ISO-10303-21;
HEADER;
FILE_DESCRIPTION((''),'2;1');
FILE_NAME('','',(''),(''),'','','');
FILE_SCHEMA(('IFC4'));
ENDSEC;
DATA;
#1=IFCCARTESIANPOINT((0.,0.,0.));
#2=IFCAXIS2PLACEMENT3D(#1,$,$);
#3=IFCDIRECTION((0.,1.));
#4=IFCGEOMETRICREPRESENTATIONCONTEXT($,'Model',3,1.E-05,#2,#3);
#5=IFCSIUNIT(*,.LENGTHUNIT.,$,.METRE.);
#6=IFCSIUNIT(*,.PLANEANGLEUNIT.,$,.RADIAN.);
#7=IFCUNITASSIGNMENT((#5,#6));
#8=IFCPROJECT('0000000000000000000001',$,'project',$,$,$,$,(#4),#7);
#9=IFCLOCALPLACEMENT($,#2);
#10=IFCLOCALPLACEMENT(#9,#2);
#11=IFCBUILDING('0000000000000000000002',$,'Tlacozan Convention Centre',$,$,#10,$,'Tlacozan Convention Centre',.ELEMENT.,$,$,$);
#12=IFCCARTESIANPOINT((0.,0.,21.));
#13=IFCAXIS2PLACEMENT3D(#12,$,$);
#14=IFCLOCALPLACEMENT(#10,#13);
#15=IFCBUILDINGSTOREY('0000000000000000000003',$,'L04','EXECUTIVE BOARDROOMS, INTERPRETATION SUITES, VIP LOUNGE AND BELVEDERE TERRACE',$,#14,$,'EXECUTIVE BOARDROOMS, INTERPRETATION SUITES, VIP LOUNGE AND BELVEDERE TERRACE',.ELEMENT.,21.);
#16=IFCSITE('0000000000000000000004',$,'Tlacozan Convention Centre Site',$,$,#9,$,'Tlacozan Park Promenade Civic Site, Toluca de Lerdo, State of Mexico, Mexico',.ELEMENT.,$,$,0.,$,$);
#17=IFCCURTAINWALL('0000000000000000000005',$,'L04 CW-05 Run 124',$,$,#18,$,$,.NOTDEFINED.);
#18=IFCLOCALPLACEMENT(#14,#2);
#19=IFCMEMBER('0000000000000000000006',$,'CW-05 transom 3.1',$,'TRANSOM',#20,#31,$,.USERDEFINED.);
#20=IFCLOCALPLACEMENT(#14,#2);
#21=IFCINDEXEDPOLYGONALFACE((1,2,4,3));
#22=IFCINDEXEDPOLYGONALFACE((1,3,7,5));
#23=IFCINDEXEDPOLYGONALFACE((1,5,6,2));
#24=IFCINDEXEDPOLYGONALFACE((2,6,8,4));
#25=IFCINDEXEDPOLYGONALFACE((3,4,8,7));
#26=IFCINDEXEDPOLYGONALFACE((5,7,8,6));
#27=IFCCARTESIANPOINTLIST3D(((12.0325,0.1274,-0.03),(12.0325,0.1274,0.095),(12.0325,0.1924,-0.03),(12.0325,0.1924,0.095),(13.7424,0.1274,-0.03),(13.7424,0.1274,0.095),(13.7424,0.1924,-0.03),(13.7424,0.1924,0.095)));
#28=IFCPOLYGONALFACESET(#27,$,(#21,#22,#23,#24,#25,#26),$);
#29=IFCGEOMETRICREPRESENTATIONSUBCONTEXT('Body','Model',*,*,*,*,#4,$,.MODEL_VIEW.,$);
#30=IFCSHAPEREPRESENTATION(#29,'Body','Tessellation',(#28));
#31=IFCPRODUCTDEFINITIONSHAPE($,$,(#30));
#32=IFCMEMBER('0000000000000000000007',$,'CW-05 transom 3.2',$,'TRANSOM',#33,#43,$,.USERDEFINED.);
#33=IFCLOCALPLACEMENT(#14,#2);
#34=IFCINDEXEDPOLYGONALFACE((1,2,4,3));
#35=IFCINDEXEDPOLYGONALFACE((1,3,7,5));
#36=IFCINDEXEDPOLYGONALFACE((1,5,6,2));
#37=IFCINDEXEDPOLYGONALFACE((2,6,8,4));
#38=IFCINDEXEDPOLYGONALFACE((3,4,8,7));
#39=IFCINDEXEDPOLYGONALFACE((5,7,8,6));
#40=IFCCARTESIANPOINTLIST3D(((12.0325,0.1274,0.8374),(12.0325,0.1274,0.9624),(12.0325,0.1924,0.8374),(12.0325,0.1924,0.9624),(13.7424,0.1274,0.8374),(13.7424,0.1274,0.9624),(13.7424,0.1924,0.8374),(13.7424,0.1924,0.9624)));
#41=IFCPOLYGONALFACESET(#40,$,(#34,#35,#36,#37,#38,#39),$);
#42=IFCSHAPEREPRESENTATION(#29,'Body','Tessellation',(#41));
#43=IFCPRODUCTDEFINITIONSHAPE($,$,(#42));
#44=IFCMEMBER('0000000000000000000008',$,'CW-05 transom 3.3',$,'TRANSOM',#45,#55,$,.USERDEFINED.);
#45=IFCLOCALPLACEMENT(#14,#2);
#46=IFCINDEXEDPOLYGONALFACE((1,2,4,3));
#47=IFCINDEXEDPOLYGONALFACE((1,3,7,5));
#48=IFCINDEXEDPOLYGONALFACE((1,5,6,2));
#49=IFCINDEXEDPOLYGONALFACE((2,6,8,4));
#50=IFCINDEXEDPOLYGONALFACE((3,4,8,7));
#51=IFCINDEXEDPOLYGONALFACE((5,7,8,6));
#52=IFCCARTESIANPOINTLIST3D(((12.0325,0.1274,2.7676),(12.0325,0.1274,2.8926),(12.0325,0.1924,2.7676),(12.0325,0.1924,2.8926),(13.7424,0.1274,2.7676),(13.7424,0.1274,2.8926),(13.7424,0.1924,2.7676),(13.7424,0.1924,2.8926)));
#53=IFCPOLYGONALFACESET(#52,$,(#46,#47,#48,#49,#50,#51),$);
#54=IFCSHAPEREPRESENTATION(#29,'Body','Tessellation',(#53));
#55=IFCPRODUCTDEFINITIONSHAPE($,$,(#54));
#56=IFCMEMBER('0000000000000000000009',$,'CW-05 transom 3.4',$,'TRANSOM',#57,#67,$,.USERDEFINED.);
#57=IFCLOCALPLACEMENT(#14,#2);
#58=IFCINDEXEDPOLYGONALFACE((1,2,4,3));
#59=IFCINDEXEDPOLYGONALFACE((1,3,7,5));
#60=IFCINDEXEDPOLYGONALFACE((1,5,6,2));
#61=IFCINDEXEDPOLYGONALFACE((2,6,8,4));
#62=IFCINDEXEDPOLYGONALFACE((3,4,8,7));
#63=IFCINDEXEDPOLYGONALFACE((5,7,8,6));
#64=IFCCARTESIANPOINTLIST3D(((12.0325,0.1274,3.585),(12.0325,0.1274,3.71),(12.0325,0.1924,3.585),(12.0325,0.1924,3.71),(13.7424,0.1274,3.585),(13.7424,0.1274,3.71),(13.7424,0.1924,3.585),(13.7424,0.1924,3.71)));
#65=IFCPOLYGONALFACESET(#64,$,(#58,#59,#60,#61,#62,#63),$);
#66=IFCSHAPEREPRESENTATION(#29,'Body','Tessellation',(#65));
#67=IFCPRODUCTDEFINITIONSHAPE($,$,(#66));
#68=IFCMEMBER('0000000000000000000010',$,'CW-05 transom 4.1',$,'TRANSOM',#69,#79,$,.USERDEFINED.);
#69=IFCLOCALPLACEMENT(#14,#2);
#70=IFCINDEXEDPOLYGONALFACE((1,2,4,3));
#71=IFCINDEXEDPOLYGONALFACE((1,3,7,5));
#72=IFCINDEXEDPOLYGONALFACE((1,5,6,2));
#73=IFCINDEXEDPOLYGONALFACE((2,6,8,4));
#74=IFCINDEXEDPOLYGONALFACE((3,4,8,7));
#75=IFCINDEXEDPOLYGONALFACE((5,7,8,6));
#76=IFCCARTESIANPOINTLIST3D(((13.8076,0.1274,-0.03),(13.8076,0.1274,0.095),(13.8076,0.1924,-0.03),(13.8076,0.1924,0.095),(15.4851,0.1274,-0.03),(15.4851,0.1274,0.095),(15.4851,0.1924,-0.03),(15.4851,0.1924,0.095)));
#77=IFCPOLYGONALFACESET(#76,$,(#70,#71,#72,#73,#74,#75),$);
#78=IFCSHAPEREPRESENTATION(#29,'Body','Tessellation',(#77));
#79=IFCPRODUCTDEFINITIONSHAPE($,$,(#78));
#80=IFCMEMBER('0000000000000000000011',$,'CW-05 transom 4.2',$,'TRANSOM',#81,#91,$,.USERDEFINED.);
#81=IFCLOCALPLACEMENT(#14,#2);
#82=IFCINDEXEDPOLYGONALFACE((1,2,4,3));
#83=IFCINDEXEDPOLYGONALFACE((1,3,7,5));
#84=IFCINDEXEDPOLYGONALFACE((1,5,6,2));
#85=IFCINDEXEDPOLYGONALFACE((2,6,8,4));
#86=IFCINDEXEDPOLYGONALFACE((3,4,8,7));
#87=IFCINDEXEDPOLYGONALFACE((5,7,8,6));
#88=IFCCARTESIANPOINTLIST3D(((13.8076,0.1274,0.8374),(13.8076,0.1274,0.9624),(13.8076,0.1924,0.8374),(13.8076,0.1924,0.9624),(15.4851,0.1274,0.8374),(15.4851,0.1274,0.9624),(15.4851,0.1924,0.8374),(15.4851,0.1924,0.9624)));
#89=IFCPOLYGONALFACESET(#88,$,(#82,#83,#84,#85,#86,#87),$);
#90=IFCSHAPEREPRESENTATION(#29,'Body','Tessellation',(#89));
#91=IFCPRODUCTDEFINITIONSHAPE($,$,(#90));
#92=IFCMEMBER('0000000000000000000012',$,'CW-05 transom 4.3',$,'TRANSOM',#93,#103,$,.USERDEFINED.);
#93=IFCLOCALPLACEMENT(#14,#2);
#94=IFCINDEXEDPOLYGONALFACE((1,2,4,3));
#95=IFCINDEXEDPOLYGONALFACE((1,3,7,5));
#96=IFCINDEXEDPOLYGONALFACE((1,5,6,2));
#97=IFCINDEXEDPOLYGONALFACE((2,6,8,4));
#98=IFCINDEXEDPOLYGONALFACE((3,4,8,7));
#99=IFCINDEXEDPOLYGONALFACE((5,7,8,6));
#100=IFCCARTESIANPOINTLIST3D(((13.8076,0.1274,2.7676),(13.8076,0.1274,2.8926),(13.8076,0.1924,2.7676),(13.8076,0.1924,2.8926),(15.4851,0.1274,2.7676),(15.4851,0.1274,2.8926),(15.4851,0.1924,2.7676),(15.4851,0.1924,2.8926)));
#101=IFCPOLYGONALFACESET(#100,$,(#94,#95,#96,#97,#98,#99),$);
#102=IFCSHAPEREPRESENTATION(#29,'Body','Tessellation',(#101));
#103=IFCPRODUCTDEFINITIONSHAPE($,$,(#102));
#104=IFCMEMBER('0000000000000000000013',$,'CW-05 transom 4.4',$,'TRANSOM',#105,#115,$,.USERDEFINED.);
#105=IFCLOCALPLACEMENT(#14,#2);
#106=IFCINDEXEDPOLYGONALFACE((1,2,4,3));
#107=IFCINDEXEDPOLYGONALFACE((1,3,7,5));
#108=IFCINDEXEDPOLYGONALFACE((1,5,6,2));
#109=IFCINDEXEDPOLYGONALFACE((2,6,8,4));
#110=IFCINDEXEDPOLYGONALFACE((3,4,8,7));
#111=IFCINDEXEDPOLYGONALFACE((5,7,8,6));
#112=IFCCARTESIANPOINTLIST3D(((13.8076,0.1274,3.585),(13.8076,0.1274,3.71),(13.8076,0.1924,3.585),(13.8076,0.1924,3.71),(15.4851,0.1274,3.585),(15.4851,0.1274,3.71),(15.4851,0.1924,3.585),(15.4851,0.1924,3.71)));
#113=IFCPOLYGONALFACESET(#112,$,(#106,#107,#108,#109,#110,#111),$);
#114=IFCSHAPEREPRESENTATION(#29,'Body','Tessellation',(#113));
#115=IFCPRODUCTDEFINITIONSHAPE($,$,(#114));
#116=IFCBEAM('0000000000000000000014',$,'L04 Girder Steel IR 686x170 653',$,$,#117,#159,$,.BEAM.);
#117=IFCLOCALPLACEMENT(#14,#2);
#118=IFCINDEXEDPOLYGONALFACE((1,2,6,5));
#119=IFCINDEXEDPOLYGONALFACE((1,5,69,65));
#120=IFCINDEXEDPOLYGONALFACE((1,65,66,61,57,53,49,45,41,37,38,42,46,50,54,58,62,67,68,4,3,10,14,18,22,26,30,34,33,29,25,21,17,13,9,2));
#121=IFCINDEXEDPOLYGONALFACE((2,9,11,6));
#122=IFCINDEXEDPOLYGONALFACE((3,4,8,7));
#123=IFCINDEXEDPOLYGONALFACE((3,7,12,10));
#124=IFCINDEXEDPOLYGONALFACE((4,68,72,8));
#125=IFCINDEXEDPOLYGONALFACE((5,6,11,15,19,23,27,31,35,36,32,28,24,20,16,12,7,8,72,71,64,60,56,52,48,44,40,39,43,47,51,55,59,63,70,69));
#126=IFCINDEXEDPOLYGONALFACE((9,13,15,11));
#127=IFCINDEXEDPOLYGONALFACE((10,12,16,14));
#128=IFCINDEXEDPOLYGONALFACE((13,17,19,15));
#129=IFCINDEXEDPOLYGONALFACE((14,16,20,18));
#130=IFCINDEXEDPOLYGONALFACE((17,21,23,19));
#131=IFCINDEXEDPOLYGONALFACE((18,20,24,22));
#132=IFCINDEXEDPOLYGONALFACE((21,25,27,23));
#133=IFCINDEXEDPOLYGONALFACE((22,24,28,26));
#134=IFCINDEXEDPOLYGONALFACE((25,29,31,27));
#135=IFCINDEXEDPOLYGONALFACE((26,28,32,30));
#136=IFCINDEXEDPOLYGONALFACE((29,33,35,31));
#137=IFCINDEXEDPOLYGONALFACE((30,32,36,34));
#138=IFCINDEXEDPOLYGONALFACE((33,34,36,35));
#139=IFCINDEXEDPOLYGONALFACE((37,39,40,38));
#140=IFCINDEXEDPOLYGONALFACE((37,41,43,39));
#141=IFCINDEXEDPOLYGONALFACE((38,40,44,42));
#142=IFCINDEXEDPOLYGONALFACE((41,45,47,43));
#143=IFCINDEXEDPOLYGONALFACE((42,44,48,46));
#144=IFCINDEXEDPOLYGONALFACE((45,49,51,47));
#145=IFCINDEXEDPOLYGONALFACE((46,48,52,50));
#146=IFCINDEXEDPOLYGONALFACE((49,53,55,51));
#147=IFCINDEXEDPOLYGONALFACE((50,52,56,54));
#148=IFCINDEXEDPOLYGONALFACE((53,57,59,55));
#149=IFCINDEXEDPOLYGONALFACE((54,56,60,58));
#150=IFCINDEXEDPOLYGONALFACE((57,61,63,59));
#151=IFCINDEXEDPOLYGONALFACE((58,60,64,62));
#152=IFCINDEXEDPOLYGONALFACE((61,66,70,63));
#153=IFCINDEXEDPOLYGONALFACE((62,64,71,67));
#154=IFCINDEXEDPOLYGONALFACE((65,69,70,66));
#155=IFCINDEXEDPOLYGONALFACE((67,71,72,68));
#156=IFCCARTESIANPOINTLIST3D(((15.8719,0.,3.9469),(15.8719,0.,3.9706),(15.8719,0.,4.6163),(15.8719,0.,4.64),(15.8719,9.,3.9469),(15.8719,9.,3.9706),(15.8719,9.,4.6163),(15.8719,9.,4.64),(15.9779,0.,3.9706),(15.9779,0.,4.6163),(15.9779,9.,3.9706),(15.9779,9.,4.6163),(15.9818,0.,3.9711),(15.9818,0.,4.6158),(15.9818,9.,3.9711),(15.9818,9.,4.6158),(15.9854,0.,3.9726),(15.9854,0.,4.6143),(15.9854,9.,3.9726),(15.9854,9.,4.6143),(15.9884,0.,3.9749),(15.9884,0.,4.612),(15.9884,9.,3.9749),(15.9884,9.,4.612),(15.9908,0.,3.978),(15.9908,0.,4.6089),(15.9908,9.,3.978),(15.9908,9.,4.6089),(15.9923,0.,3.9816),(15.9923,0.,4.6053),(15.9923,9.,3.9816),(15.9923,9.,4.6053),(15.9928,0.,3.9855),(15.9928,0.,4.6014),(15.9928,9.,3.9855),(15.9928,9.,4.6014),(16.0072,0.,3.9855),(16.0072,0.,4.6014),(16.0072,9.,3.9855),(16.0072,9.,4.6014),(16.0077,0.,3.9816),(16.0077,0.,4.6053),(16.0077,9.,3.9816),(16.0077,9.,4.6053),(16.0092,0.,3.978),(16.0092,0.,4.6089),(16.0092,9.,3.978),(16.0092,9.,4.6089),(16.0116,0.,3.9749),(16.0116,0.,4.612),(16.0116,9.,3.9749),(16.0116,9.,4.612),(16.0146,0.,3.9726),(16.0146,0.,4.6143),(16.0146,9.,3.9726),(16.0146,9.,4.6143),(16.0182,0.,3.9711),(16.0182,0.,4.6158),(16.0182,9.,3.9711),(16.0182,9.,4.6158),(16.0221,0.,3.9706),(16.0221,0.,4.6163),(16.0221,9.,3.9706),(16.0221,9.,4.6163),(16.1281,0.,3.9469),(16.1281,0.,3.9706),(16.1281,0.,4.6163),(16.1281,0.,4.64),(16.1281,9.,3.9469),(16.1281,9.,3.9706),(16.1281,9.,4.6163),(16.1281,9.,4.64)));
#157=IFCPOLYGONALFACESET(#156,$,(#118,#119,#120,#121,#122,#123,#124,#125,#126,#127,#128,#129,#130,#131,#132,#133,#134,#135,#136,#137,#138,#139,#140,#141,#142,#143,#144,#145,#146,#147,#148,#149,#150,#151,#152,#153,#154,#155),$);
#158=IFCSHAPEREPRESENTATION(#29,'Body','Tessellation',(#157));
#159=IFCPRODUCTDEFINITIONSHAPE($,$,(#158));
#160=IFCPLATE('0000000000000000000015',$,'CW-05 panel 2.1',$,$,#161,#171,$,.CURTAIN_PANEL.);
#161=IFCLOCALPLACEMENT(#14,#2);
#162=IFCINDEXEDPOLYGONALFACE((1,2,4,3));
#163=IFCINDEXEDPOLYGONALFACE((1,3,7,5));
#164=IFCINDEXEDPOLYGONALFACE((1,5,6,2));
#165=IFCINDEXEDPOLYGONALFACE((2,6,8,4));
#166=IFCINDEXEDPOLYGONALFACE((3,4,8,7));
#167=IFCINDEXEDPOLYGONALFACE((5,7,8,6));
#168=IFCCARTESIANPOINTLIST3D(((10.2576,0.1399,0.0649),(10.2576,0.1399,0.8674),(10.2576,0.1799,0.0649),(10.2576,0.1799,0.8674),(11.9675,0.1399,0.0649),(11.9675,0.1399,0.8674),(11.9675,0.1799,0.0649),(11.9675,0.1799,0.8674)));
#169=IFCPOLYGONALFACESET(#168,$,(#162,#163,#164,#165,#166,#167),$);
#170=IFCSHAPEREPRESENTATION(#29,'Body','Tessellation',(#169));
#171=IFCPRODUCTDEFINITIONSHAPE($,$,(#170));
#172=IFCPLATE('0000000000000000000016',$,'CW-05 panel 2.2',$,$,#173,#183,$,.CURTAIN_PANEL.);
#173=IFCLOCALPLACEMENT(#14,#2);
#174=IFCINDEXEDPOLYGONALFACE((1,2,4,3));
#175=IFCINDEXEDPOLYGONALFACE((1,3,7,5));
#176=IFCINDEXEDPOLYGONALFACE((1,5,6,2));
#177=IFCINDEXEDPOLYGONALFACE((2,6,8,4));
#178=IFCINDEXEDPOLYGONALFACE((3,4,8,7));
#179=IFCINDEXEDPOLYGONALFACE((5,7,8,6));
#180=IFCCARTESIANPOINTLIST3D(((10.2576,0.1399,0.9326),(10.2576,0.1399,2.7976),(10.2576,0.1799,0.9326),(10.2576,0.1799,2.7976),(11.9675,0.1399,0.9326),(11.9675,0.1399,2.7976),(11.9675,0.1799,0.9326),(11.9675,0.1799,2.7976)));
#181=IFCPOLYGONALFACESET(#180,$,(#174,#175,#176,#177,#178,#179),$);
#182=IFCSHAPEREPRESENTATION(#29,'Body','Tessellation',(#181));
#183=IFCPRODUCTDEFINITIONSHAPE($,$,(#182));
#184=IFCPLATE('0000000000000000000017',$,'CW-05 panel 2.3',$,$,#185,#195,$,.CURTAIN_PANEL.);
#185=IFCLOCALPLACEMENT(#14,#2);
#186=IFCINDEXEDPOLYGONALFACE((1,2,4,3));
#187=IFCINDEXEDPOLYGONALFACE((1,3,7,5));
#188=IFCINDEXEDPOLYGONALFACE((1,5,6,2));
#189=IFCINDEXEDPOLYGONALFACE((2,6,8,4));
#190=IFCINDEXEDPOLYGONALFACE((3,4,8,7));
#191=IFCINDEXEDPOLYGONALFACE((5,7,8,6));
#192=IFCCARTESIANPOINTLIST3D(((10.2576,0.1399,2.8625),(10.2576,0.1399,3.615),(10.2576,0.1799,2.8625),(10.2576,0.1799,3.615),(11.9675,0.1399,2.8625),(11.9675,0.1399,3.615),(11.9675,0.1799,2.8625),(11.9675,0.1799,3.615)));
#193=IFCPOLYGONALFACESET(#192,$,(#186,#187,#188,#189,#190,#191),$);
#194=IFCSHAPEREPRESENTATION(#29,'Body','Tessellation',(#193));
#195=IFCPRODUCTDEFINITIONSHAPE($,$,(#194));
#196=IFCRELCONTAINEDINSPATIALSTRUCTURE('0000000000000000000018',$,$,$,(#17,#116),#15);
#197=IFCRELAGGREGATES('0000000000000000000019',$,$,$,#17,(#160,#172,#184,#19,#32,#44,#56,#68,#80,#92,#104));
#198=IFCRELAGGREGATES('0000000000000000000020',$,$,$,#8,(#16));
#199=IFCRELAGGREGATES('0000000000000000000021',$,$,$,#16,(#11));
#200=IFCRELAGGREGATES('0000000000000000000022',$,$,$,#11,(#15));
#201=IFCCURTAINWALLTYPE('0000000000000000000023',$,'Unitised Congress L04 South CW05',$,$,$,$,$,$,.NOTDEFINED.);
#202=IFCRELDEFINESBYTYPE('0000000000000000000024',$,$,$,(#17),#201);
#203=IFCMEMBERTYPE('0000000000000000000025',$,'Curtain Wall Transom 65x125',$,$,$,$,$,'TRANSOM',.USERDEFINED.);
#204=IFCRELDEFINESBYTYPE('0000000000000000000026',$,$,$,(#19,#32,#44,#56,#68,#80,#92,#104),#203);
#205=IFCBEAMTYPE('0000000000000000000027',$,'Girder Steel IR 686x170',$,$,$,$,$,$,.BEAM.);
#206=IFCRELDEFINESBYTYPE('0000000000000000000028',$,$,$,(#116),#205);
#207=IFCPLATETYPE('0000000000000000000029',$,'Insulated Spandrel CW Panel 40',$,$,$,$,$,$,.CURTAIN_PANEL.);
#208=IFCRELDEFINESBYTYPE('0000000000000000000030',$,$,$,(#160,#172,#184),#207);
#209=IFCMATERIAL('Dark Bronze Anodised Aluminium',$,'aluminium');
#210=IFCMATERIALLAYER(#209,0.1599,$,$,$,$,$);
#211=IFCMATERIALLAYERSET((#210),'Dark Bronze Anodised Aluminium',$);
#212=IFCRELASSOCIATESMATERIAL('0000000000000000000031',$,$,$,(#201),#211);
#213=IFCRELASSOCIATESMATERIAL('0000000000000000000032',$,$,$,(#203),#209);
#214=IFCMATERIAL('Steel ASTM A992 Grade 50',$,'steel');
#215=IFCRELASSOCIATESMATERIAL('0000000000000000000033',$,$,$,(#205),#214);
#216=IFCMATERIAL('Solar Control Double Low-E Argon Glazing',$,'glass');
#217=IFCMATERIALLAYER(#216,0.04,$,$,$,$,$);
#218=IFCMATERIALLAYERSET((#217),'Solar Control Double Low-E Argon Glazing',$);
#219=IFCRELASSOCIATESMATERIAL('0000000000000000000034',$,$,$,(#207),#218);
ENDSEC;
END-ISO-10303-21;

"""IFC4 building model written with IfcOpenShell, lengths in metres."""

from ifc_helpers import new_model, si_unit, direction, frame, origin, origin_2d, place, context, subcontext, project, spatial, rectangle, i_section, extrude, material, layer, layer_set, material_profile, profile_set, type_object, element, aggregate, save


model = new_model("IFC4")

# Units and contexts
model_context = context("Model", 3, precision=1e-05, world=origin(), true_north=direction((0.0, 1.0)))
body_context = subcontext(model_context, "Body", "Model", "MODEL_VIEW")
ifc_project = project(units=[si_unit("LENGTHUNIT", "METRE"), si_unit("PLANEANGLEUNIT", "RADIAN")], contexts=[model_context])

# Site, building, storey
site_placement = place(None, origin())
site = spatial("IfcSite", under=ifc_project, at=site_placement, Name="Tlacozan Convention Centre Site", LongName="Tlacozan Park Promenade Civic Site, Toluca de Lerdo, State of Mexico, Mexico", CompositionType="ELEMENT", RefElevation=0.0)
building_placement = place(site_placement, origin())
building = spatial("IfcBuilding", under=site, at=building_placement, Name="Tlacozan Convention Centre", LongName="Tlacozan Convention Centre", CompositionType="ELEMENT")
storey_placement = place(building_placement, frame((0.0, 0.0, 21.0)))
storey = spatial("IfcBuildingStorey", under=building, at=storey_placement, Name="L04", Description="EXECUTIVE BOARDROOMS, INTERPRETATION SUITES, VIP LOUNGE AND BELVEDERE TERRACE", LongName="EXECUTIVE BOARDROOMS, INTERPRETATION SUITES, VIP LOUNGE AND BELVEDERE TERRACE", CompositionType="ELEMENT", Elevation=21.0)

# Curtain wall, members
ifc_material_1 = material(Name="Dark Bronze Anodised Aluminium", Category="aluminium")
ifc_layer_1 = layer(ifc_material_1, 0.1599)
ifc_layer_set_1 = layer_set([ifc_layer_1], Name="Dark Bronze Anodised Aluminium")
curtain_wall_type = type_object("IfcCurtainWallType", Name="Unitised Congress L04 South CW05", PredefinedType="NOTDEFINED", material=ifc_layer_set_1)
curtain_wall_placement = place(storey_placement, origin())
curtain_wall = element("IfcCurtainWall", 1, at=curtain_wall_placement, inside=storey, type_object=curtain_wall_type, Name="L04 CW-05 Run 124", PredefinedType="NOTDEFINED")
ifc_material_profile_1 = material_profile(ifc_material_1, rectangle(XDim=0.0649, YDim=0.125, at=origin_2d()), Name="ALU 65x125")
ifc_profile_set_1 = profile_set([ifc_material_profile_1], Name="Dark Bronze Anodised Aluminium")
member_type_1 = type_object("IfcMemberType", Name="Curtain Wall Transom 65x125", ElementType="TRANSOM", PredefinedType="USERDEFINED", material=ifc_profile_set_1)
member_1_placement = place(storey_placement, frame((12.0325, 0.1599, 0.0325), z_axis=(1.0, 0.0, 0.0), x_axis=(0.0, 1.0, 0.0)))
member_1 = element("IfcMember", 2, at=member_1_placement, type_object=member_type_1, Name="CW-05 transom 3.1", ObjectType="TRANSOM", PredefinedType="USERDEFINED", context=body_context, shape_type="SweptSolid", body=[
    extrude(rectangle(XDim=0.0649, YDim=0.125, at=origin_2d()), origin(), (0.0, 0.0, 1.0), 1.71),
])
member_2_placement = place(storey_placement, frame((12.0325, 0.1599, 0.8999), z_axis=(1.0, 0.0, 0.0), x_axis=(0.0, 1.0, 0.0)))
member_2 = element("IfcMember", 3, at=member_2_placement, type_object=member_type_1, Name="CW-05 transom 3.2", ObjectType="TRANSOM", PredefinedType="USERDEFINED", context=body_context, shape_type="SweptSolid", body=[
    extrude(rectangle(XDim=0.0649, YDim=0.125, at=origin_2d()), origin(), (0.0, 0.0, 1.0), 1.71),
])
member_3_placement = place(storey_placement, frame((12.0325, 0.1599, 2.8301), z_axis=(1.0, 0.0, 0.0), x_axis=(0.0, 1.0, 0.0)))
member_3 = element("IfcMember", 4, at=member_3_placement, type_object=member_type_1, Name="CW-05 transom 3.3", ObjectType="TRANSOM", PredefinedType="USERDEFINED", context=body_context, shape_type="SweptSolid", body=[
    extrude(rectangle(XDim=0.0649, YDim=0.125, at=origin_2d()), origin(), (0.0, 0.0, 1.0), 1.71),
])
member_4_placement = place(storey_placement, frame((12.0325, 0.1599, 3.6475), z_axis=(1.0, 0.0, 0.0), x_axis=(0.0, 1.0, 0.0)))
member_4 = element("IfcMember", 5, at=member_4_placement, type_object=member_type_1, Name="CW-05 transom 3.4", ObjectType="TRANSOM", PredefinedType="USERDEFINED", context=body_context, shape_type="SweptSolid", body=[
    extrude(rectangle(XDim=0.0649, YDim=0.125, at=origin_2d()), origin(), (0.0, 0.0, 1.0), 1.71),
])
member_5_placement = place(storey_placement, frame((13.8076, 0.1599, 0.0325), z_axis=(1.0, 0.0, 0.0), x_axis=(0.0, 1.0, 0.0)))
member_5 = element("IfcMember", 6, at=member_5_placement, type_object=member_type_1, Name="CW-05 transom 4.1", ObjectType="TRANSOM", PredefinedType="USERDEFINED", context=body_context, shape_type="SweptSolid", body=[
    extrude(rectangle(XDim=0.0649, YDim=0.125, at=origin_2d()), origin(), (0.0, 0.0, 1.0), 1.6775),
])
member_6_placement = place(storey_placement, frame((13.8076, 0.1599, 0.8999), z_axis=(1.0, 0.0, 0.0), x_axis=(0.0, 1.0, 0.0)))
member_6 = element("IfcMember", 7, at=member_6_placement, type_object=member_type_1, Name="CW-05 transom 4.2", ObjectType="TRANSOM", PredefinedType="USERDEFINED", context=body_context, shape_type="SweptSolid", body=[
    extrude(rectangle(XDim=0.0649, YDim=0.125, at=origin_2d()), origin(), (0.0, 0.0, 1.0), 1.6775),
])
member_7_placement = place(storey_placement, frame((13.8076, 0.1599, 2.8301), z_axis=(1.0, 0.0, 0.0), x_axis=(0.0, 1.0, 0.0)))
member_7 = element("IfcMember", 8, at=member_7_placement, type_object=member_type_1, Name="CW-05 transom 4.3", ObjectType="TRANSOM", PredefinedType="USERDEFINED", context=body_context, shape_type="SweptSolid", body=[
    extrude(rectangle(XDim=0.0649, YDim=0.125, at=origin_2d()), origin(), (0.0, 0.0, 1.0), 1.6775),
])
member_8_placement = place(storey_placement, frame((13.8076, 0.1599, 3.6475), z_axis=(1.0, 0.0, 0.0), x_axis=(0.0, 1.0, 0.0)))
member_8 = element("IfcMember", 9, at=member_8_placement, type_object=member_type_1, Name="CW-05 transom 4.4", ObjectType="TRANSOM", PredefinedType="USERDEFINED", context=body_context, shape_type="SweptSolid", body=[
    extrude(rectangle(XDim=0.0649, YDim=0.125, at=origin_2d()), origin(), (0.0, 0.0, 1.0), 1.6775),
])

# Beam
ifc_material_2 = material(Name="Steel ASTM A992 Grade 50", Category="steel")
ifc_material_profile_2 = material_profile(ifc_material_2, i_section(OverallWidth=0.2561, OverallDepth=0.6931, WebThickness=0.0144, FlangeThickness=0.0237, FilletRadius=0.0149, at=origin_2d()), Name="IR 686x170.0")
ifc_profile_set_2 = profile_set([ifc_material_profile_2], Name="Steel ASTM A992 Grade 50")
beam_type = type_object("IfcBeamType", Name="Girder Steel IR 686x170", PredefinedType="BEAM", material=ifc_profile_set_2)
beam_placement = place(storey_placement, frame((16.0, 0.0, 4.2935), z_axis=(0.0, 1.0, 0.0), x_axis=(-1.0, 0.0, 0.0)))
element("IfcBeam", 10, at=beam_placement, inside=storey, type_object=beam_type, Name="L04 Girder Steel IR 686x170 653", PredefinedType="BEAM", context=body_context, shape_type="SweptSolid", body=[
    extrude(i_section(OverallWidth=0.2561, OverallDepth=0.6931, WebThickness=0.0144, FlangeThickness=0.0237, FilletRadius=0.0149, at=origin_2d()), origin(), (0.0, 0.0, 1.0), 9.0),
])

# Plates
ifc_material_3 = material(Name="Solar Control Double Low-E Argon Glazing", Category="glass")
ifc_layer_2 = layer(ifc_material_3, 0.04)
ifc_layer_set_2 = layer_set([ifc_layer_2], Name="Solar Control Double Low-E Argon Glazing")
plate_type = type_object("IfcPlateType", Name="Insulated Spandrel CW Panel 40", PredefinedType="CURTAIN_PANEL", material=ifc_layer_set_2)
plate_1_placement = place(storey_placement, frame((11.1125, 0.1599, 0.0649), z_axis=(0.0, 0.0, 1.0), x_axis=(1.0, 0.0, 0.0)))
plate_1 = element("IfcPlate", 11, at=plate_1_placement, type_object=plate_type, Name="CW-05 panel 2.1", PredefinedType="CURTAIN_PANEL", context=body_context, shape_type="SweptSolid", body=[
    extrude(rectangle(XDim=1.71, YDim=0.04, at=origin_2d()), origin(), (0.0, 0.0, 1.0), 0.8025),
])
plate_2_placement = place(storey_placement, frame((11.1125, 0.1599, 0.9326), z_axis=(0.0, 0.0, 1.0), x_axis=(1.0, 0.0, 0.0)))
plate_2 = element("IfcPlate", 12, at=plate_2_placement, type_object=plate_type, Name="CW-05 panel 2.2", PredefinedType="CURTAIN_PANEL", context=body_context, shape_type="SweptSolid", body=[
    extrude(rectangle(XDim=1.71, YDim=0.04, at=origin_2d()), origin(), (0.0, 0.0, 1.0), 1.865),
])
plate_3_placement = place(storey_placement, frame((11.1125, 0.1599, 2.8625), z_axis=(0.0, 0.0, 1.0), x_axis=(1.0, 0.0, 0.0)))
plate_3 = element("IfcPlate", 13, at=plate_3_placement, type_object=plate_type, Name="CW-05 panel 2.3", PredefinedType="CURTAIN_PANEL", context=body_context, shape_type="SweptSolid", body=[
    extrude(rectangle(XDim=1.71, YDim=0.04, at=origin_2d()), origin(), (0.0, 0.0, 1.0), 0.7524),
])
aggregate(curtain_wall, [plate_1, plate_2, plate_3, member_1, member_2, member_3, member_4, member_5, member_6, member_7, member_8])

save(model, "model.ifc")
